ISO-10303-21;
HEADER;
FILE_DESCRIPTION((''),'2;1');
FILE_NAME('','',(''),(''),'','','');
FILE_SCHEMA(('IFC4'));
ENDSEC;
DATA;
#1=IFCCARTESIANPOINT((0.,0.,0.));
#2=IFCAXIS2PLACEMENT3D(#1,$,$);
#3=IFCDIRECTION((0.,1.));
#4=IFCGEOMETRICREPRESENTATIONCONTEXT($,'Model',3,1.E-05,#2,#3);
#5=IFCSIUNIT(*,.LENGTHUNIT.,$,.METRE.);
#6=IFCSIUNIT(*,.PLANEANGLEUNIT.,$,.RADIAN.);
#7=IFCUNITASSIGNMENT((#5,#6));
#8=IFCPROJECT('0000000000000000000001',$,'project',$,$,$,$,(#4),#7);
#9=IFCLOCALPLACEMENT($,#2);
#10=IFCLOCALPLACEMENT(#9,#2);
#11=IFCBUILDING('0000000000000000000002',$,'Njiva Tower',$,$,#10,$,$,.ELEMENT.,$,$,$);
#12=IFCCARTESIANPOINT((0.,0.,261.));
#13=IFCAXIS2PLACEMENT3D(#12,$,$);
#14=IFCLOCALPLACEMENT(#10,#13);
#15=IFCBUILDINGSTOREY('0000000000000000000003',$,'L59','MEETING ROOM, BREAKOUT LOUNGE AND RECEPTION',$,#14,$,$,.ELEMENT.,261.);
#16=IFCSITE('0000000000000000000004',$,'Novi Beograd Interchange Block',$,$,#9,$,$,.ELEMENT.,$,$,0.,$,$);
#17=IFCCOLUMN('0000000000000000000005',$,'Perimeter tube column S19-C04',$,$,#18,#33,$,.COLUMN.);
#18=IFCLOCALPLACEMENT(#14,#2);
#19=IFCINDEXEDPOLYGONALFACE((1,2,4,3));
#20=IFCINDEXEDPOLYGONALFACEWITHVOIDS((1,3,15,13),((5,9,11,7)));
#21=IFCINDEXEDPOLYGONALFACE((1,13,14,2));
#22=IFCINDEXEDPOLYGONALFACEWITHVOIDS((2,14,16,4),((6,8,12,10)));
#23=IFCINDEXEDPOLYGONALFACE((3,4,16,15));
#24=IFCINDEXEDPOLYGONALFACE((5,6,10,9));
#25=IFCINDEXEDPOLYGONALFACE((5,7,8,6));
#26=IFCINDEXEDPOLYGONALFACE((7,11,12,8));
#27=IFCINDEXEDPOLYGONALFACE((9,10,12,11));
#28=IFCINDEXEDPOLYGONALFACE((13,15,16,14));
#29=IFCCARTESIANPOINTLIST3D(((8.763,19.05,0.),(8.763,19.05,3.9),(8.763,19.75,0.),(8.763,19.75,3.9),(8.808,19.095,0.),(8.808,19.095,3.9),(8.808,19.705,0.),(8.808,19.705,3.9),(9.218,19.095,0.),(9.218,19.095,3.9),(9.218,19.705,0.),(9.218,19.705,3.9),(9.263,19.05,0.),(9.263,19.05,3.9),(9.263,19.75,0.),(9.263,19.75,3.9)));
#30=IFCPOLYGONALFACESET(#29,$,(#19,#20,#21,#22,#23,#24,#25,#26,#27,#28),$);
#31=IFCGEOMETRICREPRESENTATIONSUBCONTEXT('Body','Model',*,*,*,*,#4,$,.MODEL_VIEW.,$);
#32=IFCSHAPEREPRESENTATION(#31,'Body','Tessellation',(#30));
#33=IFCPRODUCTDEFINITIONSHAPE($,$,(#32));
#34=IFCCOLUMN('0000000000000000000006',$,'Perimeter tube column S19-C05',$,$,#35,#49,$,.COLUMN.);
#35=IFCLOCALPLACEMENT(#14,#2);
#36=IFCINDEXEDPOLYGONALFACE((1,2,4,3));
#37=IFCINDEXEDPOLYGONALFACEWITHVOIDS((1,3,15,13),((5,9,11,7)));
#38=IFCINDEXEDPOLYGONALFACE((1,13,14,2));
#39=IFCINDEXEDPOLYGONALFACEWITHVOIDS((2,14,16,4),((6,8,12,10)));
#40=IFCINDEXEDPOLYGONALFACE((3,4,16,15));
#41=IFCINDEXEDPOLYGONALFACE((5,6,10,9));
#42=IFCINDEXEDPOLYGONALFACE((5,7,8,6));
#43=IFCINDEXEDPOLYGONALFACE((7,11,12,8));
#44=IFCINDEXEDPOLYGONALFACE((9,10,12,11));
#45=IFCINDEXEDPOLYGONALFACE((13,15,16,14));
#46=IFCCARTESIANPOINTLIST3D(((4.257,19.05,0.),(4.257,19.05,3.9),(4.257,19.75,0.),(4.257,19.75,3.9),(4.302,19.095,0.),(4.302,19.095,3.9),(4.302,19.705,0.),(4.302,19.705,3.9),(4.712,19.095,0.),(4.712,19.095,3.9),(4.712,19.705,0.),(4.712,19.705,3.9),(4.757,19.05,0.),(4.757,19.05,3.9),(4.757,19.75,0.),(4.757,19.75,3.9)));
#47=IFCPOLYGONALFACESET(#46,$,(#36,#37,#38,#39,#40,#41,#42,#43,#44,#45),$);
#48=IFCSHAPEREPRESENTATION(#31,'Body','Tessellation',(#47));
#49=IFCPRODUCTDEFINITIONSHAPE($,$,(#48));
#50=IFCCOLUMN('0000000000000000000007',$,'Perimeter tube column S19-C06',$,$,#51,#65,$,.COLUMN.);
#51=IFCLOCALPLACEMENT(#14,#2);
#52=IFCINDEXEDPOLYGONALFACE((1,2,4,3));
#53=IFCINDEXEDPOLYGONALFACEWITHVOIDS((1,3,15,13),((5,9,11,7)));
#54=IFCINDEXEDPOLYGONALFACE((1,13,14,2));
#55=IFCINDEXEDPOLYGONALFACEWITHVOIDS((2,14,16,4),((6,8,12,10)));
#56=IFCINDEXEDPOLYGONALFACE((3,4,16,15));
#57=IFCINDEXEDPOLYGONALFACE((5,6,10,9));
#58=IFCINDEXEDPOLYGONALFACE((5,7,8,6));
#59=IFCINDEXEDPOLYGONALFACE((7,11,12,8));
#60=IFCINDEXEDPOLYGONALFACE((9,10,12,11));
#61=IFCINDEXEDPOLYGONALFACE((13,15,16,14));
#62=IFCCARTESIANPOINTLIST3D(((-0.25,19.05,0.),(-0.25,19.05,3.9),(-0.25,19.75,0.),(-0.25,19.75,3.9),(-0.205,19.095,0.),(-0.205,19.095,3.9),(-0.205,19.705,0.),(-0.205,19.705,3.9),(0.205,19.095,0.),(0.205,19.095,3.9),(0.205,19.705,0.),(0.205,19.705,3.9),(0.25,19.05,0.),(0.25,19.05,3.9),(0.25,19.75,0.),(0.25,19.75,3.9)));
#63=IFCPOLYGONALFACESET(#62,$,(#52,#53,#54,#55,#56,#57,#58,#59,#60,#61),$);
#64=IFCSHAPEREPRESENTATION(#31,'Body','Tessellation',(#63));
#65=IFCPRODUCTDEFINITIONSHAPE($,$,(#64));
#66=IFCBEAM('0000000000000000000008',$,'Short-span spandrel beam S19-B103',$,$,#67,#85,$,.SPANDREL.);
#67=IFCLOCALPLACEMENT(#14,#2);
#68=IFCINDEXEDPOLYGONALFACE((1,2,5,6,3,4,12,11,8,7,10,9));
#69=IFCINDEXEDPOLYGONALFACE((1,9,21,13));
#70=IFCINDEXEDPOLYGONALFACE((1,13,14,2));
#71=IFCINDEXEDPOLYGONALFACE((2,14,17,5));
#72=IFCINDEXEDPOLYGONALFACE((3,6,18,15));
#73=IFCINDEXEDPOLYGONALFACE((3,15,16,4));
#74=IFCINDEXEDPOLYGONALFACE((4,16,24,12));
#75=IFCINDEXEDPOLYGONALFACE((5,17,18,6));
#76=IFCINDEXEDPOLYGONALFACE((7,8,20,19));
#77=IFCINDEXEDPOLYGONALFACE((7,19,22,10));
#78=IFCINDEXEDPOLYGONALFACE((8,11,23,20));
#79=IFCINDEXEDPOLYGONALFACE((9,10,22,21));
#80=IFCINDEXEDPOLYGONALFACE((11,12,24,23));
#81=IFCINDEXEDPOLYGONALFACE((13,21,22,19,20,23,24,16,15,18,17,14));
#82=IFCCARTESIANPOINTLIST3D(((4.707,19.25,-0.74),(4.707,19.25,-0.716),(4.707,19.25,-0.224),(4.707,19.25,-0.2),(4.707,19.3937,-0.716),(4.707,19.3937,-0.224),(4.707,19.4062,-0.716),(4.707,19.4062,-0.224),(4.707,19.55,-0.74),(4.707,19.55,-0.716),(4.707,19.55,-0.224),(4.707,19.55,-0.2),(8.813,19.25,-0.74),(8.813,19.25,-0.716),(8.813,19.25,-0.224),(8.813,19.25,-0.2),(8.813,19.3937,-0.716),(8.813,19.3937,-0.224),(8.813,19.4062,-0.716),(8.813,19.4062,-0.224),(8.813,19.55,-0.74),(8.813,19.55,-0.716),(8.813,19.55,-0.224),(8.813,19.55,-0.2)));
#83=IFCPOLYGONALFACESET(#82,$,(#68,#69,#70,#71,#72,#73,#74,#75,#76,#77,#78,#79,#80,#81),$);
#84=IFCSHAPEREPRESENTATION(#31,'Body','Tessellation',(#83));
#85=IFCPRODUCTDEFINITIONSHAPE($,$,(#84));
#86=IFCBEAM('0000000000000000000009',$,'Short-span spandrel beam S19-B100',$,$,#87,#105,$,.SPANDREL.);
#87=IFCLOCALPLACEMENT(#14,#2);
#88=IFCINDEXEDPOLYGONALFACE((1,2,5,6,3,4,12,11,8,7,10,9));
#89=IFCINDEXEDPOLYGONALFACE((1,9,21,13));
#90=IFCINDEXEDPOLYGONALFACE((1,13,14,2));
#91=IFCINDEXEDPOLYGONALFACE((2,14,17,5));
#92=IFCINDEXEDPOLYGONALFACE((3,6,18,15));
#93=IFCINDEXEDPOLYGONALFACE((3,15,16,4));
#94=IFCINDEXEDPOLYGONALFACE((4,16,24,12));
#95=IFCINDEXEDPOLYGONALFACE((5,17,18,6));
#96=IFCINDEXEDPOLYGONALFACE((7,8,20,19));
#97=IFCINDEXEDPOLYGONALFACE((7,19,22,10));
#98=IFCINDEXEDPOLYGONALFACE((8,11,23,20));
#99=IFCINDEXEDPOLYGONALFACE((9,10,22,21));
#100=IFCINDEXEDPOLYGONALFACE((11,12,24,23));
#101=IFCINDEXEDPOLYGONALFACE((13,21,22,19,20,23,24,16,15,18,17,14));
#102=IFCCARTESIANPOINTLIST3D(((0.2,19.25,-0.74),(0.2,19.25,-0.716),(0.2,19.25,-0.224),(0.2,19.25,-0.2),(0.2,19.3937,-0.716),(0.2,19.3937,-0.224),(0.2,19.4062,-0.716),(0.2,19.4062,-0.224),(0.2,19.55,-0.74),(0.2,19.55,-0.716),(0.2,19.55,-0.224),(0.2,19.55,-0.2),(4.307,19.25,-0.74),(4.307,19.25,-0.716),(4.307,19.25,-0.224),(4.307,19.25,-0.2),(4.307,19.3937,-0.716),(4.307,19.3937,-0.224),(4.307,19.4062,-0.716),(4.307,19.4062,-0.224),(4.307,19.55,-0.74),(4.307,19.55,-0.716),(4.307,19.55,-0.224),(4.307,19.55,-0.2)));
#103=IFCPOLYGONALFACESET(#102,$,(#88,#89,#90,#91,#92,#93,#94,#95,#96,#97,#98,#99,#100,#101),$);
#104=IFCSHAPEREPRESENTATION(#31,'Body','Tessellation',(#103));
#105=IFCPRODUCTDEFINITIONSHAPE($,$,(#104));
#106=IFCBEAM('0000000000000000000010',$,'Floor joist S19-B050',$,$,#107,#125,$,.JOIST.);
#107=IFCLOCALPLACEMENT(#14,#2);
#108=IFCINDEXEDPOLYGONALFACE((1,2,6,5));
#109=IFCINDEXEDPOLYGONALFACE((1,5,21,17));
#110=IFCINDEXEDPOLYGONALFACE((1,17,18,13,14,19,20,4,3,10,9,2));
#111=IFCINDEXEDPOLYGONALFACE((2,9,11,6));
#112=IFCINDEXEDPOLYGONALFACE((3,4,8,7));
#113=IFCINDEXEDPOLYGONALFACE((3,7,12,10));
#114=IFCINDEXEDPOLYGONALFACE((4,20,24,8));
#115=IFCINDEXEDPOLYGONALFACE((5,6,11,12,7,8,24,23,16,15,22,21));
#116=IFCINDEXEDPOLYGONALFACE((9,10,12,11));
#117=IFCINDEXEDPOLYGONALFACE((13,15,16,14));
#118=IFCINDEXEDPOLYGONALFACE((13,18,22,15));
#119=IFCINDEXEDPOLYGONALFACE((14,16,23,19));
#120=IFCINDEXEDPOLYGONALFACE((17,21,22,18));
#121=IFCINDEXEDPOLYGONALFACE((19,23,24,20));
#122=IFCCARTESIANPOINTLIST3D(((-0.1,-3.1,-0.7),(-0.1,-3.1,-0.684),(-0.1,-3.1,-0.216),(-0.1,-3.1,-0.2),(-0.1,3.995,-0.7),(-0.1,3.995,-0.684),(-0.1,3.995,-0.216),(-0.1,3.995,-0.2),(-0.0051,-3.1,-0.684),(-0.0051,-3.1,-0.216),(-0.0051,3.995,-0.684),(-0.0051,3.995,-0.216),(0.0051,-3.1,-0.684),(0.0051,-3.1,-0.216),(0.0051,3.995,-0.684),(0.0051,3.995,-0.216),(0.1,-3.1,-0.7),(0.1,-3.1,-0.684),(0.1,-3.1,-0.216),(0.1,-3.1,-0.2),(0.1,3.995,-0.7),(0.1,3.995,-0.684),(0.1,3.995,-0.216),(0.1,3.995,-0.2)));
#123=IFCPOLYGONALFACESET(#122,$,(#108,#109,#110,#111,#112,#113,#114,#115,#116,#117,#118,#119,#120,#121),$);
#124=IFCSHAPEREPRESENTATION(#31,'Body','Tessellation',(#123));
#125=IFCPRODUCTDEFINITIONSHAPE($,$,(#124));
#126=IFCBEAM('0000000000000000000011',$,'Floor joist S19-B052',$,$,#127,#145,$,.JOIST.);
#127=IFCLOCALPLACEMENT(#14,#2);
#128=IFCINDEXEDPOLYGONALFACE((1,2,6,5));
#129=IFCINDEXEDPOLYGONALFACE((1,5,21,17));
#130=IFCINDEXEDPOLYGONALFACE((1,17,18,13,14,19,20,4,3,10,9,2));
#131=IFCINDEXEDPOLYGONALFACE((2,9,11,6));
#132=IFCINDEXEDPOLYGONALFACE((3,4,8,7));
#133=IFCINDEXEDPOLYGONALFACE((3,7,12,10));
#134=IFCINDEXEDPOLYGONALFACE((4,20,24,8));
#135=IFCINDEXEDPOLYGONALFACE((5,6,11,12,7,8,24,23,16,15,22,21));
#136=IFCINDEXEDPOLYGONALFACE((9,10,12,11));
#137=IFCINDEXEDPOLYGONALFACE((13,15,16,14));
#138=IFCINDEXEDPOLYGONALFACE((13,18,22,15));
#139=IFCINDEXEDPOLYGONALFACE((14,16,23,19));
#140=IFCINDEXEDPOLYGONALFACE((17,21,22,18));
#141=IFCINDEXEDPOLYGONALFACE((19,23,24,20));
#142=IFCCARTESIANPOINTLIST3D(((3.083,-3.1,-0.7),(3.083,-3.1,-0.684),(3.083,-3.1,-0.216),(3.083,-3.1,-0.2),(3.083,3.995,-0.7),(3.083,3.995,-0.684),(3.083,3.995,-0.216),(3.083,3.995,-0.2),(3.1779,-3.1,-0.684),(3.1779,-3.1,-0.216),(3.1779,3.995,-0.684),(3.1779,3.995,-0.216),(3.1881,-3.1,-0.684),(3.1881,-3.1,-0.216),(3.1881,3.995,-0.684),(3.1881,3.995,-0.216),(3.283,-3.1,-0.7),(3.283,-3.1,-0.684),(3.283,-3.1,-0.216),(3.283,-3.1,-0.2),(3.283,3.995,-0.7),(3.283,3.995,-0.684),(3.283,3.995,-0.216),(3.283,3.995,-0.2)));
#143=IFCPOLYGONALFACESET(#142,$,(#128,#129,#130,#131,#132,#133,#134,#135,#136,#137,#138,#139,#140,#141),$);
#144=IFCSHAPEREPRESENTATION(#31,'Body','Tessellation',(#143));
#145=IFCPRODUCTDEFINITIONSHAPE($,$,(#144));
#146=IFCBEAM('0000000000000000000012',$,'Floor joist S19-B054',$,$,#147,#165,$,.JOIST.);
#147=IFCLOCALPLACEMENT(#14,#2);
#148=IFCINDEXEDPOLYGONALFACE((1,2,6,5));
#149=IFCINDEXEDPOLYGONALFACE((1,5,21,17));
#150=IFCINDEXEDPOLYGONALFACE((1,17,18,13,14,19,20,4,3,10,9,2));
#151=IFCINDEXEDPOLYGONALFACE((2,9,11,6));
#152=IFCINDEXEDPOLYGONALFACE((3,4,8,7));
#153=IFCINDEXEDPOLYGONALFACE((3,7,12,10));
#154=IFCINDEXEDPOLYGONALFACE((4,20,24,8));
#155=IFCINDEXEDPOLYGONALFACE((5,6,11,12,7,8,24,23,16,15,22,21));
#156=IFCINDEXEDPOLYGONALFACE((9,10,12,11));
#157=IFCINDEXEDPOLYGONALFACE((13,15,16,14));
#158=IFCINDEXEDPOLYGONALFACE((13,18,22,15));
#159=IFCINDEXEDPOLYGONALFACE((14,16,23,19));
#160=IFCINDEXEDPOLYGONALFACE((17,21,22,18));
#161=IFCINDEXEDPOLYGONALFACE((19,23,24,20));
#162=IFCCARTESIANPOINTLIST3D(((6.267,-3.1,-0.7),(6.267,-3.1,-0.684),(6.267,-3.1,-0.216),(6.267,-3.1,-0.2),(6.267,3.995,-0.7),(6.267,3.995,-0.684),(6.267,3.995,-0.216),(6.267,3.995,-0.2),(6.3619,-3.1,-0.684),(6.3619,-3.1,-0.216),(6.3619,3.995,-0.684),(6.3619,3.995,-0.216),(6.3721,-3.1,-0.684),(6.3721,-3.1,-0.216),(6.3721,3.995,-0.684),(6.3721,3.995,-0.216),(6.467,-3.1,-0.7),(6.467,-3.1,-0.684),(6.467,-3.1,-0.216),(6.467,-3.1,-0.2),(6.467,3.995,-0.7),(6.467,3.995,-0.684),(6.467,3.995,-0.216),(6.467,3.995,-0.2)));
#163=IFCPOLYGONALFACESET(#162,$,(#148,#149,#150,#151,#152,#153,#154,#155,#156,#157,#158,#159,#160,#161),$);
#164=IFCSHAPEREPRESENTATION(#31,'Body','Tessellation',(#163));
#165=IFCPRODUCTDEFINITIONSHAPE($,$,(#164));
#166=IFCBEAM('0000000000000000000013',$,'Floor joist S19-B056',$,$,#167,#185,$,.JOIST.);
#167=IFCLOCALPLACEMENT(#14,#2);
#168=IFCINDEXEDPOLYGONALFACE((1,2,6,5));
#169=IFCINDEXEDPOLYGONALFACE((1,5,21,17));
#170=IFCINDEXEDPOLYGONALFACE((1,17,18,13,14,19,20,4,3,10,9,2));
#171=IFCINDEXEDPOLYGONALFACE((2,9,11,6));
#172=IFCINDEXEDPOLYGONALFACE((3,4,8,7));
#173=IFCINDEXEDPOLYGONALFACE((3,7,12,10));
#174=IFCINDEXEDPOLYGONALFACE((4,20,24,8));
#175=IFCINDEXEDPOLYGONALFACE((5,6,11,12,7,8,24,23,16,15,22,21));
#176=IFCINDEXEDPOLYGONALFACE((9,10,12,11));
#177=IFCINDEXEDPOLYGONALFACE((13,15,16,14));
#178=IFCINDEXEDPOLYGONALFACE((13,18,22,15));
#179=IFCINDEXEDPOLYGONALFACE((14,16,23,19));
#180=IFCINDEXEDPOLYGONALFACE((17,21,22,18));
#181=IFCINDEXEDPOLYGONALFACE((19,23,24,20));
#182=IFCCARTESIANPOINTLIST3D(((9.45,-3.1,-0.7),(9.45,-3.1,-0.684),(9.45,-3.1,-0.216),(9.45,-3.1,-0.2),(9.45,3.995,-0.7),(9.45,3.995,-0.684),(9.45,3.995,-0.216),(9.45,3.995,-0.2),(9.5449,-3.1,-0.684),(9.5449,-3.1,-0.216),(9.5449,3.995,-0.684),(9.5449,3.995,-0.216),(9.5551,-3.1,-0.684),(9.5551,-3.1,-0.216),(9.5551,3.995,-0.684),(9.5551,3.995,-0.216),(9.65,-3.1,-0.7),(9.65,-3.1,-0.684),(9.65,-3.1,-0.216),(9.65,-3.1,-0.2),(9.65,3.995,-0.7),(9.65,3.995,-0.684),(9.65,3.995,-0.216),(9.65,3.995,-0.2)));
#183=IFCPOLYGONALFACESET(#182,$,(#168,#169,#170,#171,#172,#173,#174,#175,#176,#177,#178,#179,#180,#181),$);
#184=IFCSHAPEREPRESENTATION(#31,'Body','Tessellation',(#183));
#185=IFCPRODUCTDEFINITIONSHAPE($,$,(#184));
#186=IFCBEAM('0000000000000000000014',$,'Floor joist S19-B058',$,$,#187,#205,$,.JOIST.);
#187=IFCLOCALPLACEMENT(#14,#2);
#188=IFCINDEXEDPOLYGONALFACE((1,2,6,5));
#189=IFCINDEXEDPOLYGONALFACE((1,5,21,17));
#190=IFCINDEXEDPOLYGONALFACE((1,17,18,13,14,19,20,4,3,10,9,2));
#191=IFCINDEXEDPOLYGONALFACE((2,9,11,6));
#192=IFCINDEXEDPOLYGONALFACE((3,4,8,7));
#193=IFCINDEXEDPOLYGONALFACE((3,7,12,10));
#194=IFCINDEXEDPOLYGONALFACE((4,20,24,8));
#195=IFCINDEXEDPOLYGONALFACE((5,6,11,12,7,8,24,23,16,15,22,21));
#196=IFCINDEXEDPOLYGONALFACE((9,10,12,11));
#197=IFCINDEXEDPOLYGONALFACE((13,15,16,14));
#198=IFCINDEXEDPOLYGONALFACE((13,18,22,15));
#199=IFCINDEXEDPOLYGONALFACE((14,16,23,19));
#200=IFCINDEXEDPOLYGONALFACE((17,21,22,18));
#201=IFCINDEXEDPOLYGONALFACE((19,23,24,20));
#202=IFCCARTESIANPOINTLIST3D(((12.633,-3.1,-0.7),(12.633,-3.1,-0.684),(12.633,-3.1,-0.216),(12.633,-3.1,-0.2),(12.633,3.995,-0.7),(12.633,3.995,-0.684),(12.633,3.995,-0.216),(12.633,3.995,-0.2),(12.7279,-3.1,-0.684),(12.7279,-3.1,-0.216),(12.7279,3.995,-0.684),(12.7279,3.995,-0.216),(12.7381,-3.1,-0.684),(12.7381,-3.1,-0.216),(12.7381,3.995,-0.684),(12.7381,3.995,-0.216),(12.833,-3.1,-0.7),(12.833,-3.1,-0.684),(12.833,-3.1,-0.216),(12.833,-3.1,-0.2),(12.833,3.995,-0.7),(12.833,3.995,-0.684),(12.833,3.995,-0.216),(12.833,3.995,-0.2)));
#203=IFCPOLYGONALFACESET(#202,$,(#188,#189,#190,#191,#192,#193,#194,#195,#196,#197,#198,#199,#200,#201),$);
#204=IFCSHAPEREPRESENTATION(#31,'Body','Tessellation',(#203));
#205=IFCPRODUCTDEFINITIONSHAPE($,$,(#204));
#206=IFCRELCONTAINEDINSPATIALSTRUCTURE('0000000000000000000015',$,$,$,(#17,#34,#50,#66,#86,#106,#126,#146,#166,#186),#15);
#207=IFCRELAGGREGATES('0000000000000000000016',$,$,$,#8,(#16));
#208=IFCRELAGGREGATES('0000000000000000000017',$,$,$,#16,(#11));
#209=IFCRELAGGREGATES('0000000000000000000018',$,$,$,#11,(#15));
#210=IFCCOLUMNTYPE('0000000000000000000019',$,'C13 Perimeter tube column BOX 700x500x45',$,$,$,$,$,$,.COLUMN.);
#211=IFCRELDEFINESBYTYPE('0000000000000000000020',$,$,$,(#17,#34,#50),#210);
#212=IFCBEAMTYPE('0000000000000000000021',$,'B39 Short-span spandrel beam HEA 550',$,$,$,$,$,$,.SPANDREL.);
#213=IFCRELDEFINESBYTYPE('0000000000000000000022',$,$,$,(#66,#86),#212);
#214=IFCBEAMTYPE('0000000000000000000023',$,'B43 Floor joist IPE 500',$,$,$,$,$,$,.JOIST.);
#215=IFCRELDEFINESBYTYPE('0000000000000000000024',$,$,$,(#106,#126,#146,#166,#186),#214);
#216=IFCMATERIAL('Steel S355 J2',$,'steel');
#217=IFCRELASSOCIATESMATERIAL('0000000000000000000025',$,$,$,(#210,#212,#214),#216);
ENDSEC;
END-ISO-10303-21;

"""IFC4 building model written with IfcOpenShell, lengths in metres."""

from ifc_helpers import new_model, si_unit, direction, frame, origin, origin_2d, place, context, subcontext, project, spatial, hollow_rectangle, i_section, extrude, material, material_profile, profile_set, type_object, element, save


model = new_model("IFC4")

# Units and contexts
model_context = context("Model", 3, precision=1e-05, world=origin(), true_north=direction((0.0, 1.0)))
body_context = subcontext(model_context, "Body", "Model", "MODEL_VIEW")
ifc_project = project(units=[si_unit("LENGTHUNIT", "METRE"), si_unit("PLANEANGLEUNIT", "RADIAN")], contexts=[model_context])

# Site, building, storey
site_placement = place(None, origin())
site = spatial("IfcSite", under=ifc_project, at=site_placement, Name="Novi Beograd Interchange Block", CompositionType="ELEMENT", RefElevation=0.0)
building_placement = place(site_placement, origin())
building = spatial("IfcBuilding", under=site, at=building_placement, Name="Njiva Tower", CompositionType="ELEMENT")
storey_placement = place(building_placement, frame((0.0, 0.0, 261.0)))
storey = spatial("IfcBuildingStorey", under=building, at=storey_placement, Name="L59", Description="MEETING ROOM, BREAKOUT LOUNGE AND RECEPTION", CompositionType="ELEMENT", Elevation=261.0)

# Columns
ifc_material_1 = material(Name="Steel S355 J2", Category="steel")
ifc_material_profile_1 = material_profile(ifc_material_1, hollow_rectangle(XDim=0.5, YDim=0.7, WallThickness=0.045, at=origin_2d()), Name="BOX 700x500x45")
ifc_profile_set_1 = profile_set([ifc_material_profile_1], Name="Steel S355 J2")
column_type = type_object("IfcColumnType", Name="C13 Perimeter tube column BOX 700x500x45", PredefinedType="COLUMN", material=ifc_profile_set_1)
for number, where, z_axis, x_axis, name in (
    (1, (9.013, 19.4, 0.0), (0.0, 0.0, 1.0), (-1.0, 0.0, 0.0), "Perimeter tube column S19-C04"),
    (2, (4.507, 19.4, 0.0), (0.0, 0.0, 1.0), (-1.0, 0.0, 0.0), "Perimeter tube column S19-C05"),
    (3, (0.0, 19.4, 0.0), (0.0, 0.0, 1.0), (-1.0, 0.0, 0.0), "Perimeter tube column S19-C06"),
):
    element("IfcColumn", number, at=place(storey_placement, frame(where, z_axis=z_axis, x_axis=x_axis)), inside=storey, type_object=column_type, Name=name, PredefinedType="COLUMN", context=body_context, shape_type="SweptSolid", body=[
        extrude(hollow_rectangle(XDim=0.5, YDim=0.7, WallThickness=0.045, at=origin_2d()), origin(), (0.0, 0.0, 1.0), 3.9),
    ])

# Beams
ifc_material_profile_2 = material_profile(ifc_material_1, i_section(OverallWidth=0.3, OverallDepth=0.54, WebThickness=0.0125, FlangeThickness=0.024, at=origin_2d()), Name="HEA 550")
ifc_profile_set_2 = profile_set([ifc_material_profile_2], Name="Steel S355 J2")
beam_type_1 = type_object("IfcBeamType", Name="B39 Short-span spandrel beam HEA 550", PredefinedType="SPANDREL", material=ifc_profile_set_2)
beam_1_placement = place(storey_placement, frame((8.813, 19.4, -0.47), z_axis=(-1.0, 0.0, 0.0), x_axis=(0.0, -1.0, 0.0)))
element("IfcBeam", 4, at=beam_1_placement, inside=storey, type_object=beam_type_1, Name="Short-span spandrel beam S19-B103", PredefinedType="SPANDREL", context=body_context, shape_type="SweptSolid", body=[
    extrude(i_section(OverallWidth=0.3, OverallDepth=0.54, WebThickness=0.0125, FlangeThickness=0.024, at=origin_2d()), origin(), (0.0, 0.0, 1.0), 4.106),
])
beam_2_placement = place(storey_placement, frame((4.307, 19.4, -0.47), z_axis=(-1.0, 0.0, 0.0), x_axis=(0.0, -1.0, 0.0)))
element("IfcBeam", 5, at=beam_2_placement, inside=storey, type_object=beam_type_1, Name="Short-span spandrel beam S19-B100", PredefinedType="SPANDREL", context=body_context, shape_type="SweptSolid", body=[
    extrude(i_section(OverallWidth=0.3, OverallDepth=0.54, WebThickness=0.0125, FlangeThickness=0.024, at=origin_2d()), origin(), (0.0, 0.0, 1.0), 4.107),
])
ifc_material_profile_3 = material_profile(ifc_material_1, i_section(OverallWidth=0.2, OverallDepth=0.5, WebThickness=0.0102, FlangeThickness=0.016, at=origin_2d()), Name="IPE 500")
ifc_profile_set_3 = profile_set([ifc_material_profile_3], Name="Steel S355 J2")
beam_type_2 = type_object("IfcBeamType", Name="B43 Floor joist IPE 500", PredefinedType="JOIST", material=ifc_profile_set_3)
for number, where, z_axis, x_axis, name in (
    (6, (0.0, 3.995, -0.45), (0.0, -1.0, 0.0), (1.0, 0.0, 0.0), "Floor joist S19-B050"),
    (7, (3.183, 3.995, -0.45), (0.0, -1.0, 0.0), (1.0, 0.0, 0.0), "Floor joist S19-B052"),
    (8, (6.367, 3.995, -0.45), (0.0, -1.0, 0.0), (1.0, 0.0, 0.0), "Floor joist S19-B054"),
    (9, (9.55, 3.995, -0.45), (0.0, -1.0, 0.0), (1.0, 0.0, 0.0), "Floor joist S19-B056"),
    (10, (12.733, 3.995, -0.45), (0.0, -1.0, 0.0), (1.0, 0.0, 0.0), "Floor joist S19-B058"),
):
    element("IfcBeam", number, at=place(storey_placement, frame(where, z_axis=z_axis, x_axis=x_axis)), inside=storey, type_object=beam_type_2, Name=name, PredefinedType="JOIST", context=body_context, shape_type="SweptSolid", body=[
        extrude(i_section(OverallWidth=0.2, OverallDepth=0.5, WebThickness=0.0102, FlangeThickness=0.016, at=origin_2d()), origin(), (0.0, 0.0, 1.0), 7.095),
    ])

save(model, "model.ifc")
